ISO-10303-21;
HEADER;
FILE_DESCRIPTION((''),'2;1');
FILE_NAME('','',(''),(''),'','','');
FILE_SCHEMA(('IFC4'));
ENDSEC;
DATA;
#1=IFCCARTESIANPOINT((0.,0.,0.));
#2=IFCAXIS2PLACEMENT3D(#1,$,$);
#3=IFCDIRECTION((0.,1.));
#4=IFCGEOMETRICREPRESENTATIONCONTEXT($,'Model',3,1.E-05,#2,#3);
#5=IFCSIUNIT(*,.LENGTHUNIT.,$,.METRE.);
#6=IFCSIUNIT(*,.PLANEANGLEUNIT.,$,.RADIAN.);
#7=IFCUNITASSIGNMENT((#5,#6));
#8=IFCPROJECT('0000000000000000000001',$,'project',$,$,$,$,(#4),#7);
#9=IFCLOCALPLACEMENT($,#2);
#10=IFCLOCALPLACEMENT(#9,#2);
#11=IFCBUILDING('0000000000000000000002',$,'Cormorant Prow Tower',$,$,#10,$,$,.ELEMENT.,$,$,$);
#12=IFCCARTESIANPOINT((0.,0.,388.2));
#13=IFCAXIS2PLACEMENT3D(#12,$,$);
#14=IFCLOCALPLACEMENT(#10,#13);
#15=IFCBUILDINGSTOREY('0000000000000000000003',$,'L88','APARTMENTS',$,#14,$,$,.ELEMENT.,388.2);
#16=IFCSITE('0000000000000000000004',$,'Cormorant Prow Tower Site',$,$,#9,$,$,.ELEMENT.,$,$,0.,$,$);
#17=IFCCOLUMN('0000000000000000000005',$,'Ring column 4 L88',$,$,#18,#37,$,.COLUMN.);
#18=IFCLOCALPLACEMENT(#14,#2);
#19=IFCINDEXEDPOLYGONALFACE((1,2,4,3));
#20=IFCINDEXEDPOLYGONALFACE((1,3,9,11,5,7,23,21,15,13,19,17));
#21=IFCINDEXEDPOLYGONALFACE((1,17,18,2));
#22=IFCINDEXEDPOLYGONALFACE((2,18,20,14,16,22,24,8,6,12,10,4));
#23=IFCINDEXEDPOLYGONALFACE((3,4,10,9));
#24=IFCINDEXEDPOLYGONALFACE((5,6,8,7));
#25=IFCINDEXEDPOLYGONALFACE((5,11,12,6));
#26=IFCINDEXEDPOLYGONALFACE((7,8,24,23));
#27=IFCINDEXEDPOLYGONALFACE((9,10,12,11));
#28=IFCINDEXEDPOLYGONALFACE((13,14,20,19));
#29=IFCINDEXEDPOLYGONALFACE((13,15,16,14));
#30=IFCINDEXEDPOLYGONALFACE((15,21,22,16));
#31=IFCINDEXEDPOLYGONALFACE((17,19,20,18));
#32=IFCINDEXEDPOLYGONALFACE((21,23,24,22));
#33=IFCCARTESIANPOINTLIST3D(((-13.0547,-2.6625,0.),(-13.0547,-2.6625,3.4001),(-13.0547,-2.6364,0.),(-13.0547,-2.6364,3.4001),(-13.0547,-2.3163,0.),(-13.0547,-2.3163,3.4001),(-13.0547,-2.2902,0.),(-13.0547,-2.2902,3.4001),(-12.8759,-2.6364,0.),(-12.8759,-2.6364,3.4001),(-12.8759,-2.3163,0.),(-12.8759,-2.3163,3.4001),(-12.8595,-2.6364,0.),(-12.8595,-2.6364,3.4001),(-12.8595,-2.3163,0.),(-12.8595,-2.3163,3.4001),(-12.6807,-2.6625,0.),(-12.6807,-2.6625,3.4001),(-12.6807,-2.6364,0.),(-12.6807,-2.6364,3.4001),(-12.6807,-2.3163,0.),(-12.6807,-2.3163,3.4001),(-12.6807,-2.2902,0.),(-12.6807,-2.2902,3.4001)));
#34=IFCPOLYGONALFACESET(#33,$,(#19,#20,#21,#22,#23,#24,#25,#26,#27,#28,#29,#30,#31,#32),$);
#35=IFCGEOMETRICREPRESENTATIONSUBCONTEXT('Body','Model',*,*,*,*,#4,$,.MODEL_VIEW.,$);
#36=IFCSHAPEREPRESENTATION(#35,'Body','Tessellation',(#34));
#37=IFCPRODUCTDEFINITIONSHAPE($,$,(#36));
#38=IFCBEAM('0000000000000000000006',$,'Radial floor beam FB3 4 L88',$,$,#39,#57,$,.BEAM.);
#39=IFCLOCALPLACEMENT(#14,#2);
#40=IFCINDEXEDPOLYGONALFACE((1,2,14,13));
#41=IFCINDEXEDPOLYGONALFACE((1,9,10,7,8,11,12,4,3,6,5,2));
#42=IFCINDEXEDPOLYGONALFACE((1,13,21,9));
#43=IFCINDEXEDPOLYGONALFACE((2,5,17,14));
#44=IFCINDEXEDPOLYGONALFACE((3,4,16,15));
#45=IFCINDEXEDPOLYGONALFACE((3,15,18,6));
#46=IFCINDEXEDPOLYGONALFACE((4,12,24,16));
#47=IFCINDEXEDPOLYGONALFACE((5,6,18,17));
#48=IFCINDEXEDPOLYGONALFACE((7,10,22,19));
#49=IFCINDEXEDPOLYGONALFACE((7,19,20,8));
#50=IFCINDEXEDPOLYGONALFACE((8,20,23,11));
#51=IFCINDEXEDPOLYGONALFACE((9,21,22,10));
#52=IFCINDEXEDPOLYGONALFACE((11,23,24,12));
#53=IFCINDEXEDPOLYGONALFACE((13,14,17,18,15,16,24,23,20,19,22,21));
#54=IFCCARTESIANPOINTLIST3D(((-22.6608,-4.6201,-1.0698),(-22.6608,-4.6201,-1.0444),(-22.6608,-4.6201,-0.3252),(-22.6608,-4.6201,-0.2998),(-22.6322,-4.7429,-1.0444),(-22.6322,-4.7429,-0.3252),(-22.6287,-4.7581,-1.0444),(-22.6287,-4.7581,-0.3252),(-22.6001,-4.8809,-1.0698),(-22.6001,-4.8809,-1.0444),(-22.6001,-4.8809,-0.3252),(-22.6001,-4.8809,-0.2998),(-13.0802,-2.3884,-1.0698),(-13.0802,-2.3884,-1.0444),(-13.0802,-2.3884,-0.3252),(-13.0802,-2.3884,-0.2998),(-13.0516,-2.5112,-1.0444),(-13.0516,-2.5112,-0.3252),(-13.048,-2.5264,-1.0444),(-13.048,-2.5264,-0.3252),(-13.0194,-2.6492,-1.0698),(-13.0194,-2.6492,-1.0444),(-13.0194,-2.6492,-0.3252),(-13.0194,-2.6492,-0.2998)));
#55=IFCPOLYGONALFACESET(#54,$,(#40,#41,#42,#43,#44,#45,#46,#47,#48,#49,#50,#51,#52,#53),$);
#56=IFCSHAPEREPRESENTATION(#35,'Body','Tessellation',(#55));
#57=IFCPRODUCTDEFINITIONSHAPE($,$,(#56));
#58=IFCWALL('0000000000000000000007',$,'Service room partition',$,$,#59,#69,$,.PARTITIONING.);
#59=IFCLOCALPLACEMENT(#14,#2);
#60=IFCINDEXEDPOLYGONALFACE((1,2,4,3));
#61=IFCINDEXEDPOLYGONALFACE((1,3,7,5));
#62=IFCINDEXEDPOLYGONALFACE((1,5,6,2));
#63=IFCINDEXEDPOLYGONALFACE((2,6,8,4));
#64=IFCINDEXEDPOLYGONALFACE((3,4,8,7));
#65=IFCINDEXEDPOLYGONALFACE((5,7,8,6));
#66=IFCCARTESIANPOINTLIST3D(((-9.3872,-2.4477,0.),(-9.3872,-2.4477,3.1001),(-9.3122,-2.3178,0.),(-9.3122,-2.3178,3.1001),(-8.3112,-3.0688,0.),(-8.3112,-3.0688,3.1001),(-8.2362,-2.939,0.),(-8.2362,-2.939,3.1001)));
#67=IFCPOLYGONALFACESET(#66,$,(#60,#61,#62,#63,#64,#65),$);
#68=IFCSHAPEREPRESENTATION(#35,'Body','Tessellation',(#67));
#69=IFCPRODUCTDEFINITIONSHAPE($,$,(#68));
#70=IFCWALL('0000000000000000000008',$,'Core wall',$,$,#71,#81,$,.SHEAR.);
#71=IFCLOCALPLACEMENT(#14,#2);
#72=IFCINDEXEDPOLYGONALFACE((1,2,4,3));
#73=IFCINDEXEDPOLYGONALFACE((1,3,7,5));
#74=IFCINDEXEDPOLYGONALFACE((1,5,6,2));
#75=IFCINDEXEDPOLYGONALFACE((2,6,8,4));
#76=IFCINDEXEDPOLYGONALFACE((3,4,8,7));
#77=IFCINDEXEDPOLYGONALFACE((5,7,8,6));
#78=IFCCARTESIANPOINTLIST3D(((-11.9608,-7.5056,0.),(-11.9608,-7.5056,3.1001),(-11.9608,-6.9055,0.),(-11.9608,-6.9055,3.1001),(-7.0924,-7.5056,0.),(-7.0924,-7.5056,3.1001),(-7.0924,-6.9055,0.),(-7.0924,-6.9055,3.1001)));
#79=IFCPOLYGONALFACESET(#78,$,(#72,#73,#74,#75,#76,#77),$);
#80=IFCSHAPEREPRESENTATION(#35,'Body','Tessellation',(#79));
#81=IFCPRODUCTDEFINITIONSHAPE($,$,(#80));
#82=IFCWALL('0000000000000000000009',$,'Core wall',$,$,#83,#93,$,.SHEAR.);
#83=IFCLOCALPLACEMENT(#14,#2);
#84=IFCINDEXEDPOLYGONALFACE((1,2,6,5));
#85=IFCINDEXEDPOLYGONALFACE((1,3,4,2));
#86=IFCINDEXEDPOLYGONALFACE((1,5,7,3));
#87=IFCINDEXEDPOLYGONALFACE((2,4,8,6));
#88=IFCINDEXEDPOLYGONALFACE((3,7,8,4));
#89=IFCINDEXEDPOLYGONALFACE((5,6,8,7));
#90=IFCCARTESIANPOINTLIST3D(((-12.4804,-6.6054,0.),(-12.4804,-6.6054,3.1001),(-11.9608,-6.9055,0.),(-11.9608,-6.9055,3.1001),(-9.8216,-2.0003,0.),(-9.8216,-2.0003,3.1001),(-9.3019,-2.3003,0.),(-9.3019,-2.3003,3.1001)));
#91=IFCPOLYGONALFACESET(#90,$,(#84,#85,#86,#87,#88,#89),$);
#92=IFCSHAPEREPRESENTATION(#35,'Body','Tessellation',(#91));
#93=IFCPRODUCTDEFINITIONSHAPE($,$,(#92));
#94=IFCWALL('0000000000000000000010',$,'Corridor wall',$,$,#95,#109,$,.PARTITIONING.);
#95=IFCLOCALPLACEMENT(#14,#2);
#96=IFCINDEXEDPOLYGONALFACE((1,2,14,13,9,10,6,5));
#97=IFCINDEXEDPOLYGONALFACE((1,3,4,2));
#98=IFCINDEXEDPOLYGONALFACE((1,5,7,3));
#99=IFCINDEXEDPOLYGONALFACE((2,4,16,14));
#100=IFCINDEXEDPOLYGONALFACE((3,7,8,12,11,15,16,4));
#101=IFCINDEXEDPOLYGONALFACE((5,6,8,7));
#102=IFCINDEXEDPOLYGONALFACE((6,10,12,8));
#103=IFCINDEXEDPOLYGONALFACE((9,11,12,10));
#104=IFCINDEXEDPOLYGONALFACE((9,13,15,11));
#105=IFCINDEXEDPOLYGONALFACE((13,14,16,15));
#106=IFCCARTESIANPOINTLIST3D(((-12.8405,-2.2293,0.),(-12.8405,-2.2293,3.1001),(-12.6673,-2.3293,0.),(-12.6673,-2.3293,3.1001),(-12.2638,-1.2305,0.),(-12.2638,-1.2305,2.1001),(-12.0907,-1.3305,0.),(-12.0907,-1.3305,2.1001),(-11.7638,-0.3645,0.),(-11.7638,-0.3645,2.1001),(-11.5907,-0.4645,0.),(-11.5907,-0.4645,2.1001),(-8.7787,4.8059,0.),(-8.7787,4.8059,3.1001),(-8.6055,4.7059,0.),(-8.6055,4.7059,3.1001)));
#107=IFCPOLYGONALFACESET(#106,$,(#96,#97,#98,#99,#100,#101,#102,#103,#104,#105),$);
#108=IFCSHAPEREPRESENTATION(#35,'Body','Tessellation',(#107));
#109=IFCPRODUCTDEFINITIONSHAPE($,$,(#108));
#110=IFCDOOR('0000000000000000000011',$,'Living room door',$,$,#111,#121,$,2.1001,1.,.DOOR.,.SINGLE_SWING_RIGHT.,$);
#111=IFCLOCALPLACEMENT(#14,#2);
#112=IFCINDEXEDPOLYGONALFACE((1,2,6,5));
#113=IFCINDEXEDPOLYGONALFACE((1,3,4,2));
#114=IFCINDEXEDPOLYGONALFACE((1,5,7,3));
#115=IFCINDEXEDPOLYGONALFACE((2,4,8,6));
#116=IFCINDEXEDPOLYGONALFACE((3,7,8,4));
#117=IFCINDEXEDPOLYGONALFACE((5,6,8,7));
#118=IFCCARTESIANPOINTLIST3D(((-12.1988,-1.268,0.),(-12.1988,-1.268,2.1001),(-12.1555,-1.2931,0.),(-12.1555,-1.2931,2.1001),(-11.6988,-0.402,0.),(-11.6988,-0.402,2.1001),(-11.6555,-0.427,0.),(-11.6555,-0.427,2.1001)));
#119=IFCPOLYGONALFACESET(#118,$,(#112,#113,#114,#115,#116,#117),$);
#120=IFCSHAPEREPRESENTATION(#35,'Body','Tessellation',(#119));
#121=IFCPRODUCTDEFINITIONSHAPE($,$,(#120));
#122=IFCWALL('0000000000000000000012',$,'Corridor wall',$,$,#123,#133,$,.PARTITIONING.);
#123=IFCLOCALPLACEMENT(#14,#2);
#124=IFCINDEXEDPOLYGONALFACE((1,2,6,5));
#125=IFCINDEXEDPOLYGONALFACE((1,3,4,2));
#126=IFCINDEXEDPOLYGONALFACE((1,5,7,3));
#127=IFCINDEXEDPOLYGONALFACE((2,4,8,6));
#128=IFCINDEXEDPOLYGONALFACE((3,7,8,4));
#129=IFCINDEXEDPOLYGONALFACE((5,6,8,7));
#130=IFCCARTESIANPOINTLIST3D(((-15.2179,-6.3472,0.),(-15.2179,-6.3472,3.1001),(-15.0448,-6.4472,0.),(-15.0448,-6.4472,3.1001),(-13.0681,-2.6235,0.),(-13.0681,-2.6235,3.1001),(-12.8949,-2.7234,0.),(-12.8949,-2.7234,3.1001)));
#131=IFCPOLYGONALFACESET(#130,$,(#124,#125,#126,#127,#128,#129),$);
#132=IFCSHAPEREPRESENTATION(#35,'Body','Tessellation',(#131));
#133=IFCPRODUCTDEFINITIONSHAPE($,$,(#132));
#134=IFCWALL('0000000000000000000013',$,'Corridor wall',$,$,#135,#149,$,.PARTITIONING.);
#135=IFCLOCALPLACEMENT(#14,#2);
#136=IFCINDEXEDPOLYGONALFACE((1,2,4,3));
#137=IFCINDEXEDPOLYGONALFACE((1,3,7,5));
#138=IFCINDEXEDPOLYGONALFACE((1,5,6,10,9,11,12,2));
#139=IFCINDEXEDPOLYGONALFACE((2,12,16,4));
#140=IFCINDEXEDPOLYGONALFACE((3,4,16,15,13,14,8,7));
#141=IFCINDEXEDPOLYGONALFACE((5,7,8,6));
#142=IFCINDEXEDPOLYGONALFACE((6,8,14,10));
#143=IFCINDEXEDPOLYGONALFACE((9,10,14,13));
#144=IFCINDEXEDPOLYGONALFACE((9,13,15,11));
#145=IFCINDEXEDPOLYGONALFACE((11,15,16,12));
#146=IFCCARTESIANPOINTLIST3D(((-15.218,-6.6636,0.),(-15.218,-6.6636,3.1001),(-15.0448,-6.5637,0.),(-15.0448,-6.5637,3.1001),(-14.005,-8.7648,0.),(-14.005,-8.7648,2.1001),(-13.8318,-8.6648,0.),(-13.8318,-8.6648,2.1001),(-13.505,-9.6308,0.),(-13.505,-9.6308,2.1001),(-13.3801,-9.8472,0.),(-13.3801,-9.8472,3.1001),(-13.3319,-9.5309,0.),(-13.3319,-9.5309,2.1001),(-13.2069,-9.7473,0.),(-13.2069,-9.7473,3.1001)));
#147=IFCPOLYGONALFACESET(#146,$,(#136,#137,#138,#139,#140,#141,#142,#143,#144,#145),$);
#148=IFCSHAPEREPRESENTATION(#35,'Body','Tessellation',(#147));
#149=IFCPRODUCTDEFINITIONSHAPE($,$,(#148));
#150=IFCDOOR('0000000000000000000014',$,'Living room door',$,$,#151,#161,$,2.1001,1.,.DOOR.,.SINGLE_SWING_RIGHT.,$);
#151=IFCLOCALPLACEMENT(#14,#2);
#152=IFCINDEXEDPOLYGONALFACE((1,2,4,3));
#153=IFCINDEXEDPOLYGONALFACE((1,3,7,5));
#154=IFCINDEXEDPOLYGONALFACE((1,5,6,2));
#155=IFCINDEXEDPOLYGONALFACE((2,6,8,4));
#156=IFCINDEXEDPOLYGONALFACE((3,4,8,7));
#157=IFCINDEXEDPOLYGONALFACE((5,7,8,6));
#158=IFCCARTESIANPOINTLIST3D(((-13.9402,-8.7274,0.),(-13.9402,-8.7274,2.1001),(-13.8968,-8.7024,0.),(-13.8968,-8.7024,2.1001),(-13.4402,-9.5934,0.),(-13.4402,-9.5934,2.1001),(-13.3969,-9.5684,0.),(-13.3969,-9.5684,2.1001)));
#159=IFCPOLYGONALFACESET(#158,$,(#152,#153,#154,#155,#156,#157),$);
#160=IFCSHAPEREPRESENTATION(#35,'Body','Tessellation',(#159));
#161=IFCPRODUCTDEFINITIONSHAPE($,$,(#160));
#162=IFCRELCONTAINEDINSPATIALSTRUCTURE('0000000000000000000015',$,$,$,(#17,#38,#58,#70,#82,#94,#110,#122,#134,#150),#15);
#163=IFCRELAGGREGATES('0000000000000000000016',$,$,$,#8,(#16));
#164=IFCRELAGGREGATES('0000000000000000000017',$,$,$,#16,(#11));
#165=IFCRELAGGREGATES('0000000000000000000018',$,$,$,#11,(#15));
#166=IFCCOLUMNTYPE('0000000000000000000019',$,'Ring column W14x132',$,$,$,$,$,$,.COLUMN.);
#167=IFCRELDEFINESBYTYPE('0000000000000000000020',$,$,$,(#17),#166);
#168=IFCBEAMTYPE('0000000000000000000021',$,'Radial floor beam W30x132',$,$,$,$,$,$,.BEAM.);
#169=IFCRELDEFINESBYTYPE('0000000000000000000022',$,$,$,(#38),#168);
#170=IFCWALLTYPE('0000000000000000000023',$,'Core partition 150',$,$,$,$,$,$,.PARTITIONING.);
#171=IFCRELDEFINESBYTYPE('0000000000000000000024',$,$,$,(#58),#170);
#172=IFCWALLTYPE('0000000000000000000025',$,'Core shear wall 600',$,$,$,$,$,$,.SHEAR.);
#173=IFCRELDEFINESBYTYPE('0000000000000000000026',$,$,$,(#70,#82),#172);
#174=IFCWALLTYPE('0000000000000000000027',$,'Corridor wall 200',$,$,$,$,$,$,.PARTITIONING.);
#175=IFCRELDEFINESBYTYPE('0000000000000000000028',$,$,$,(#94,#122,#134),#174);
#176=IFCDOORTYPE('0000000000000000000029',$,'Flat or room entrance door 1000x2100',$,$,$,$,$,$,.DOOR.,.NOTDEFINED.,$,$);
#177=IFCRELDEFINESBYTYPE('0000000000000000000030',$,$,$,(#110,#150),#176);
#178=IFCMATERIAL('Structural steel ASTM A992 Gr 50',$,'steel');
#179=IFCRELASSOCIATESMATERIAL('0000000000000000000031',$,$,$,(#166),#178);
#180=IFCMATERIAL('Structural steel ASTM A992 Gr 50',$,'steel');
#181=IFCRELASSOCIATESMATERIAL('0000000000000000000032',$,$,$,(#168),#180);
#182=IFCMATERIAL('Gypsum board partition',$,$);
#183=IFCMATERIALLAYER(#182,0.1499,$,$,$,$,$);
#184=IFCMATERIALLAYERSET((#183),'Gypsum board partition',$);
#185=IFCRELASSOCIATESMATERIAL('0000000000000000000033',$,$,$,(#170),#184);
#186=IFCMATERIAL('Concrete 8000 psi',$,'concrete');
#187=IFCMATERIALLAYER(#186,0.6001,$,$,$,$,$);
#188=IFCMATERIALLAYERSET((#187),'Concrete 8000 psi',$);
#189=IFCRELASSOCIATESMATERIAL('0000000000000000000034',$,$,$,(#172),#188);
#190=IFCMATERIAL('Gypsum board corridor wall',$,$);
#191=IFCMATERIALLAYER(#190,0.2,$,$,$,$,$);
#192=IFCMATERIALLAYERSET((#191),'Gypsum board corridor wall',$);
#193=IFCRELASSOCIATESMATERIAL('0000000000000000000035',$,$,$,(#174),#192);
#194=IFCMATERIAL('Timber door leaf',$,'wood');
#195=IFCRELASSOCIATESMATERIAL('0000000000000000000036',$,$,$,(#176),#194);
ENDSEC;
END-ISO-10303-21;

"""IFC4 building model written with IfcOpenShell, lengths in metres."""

from ifc_helpers import new_model, si_unit, direction, frame, frame_2d, origin, origin_2d, place, context, subcontext, project, spatial, rectangle, i_section, extrude, material, layer, layer_set, material_profile, profile_set, type_object, element, fill, save


model = new_model("IFC4")

# Units and contexts
model_context = context("Model", 3, precision=1e-05, world=origin(), true_north=direction((0.0, 1.0)))
body_context = subcontext(model_context, "Body", "Model", "MODEL_VIEW")
ifc_project = project(units=[si_unit("LENGTHUNIT", "METRE"), si_unit("PLANEANGLEUNIT", "RADIAN")], contexts=[model_context])

# Site, building, storey
site_placement = place(None, origin())
site = spatial("IfcSite", under=ifc_project, at=site_placement, Name="Cormorant Prow Tower Site", CompositionType="ELEMENT", RefElevation=0.0)
building_placement = place(site_placement, origin())
building = spatial("IfcBuilding", under=site, at=building_placement, Name="Cormorant Prow Tower", CompositionType="ELEMENT")
storey_placement = place(building_placement, frame((0.0, 0.0, 388.2)))
storey = spatial("IfcBuildingStorey", under=building, at=storey_placement, Name="L88", Description="APARTMENTS", CompositionType="ELEMENT", Elevation=388.2)

# Column
ifc_material_1 = material(Name="Structural steel ASTM A992 Gr 50", Category="steel")
ifc_material_profile_1 = material_profile(ifc_material_1, i_section(OverallWidth=0.374, OverallDepth=0.3723, WebThickness=0.0164, FlangeThickness=0.0261, at=origin_2d()), Name="W14x132")
ifc_profile_set_1 = profile_set([ifc_material_profile_1], Name="Structural steel ASTM A992 Gr 50")
column_type = type_object("IfcColumnType", Name="Ring column W14x132", PredefinedType="COLUMN", material=ifc_profile_set_1)
column_placement = place(storey_placement, frame((-12.8677, -2.4763, 0.0), z_axis=(0.0, 0.0, 1.0), x_axis=(1.0, 0.0, 0.0)))
element("IfcColumn", 1, at=column_placement, inside=storey, type_object=column_type, Name="Ring column 4 L88", PredefinedType="COLUMN", context=body_context, shape_type="SweptSolid", body=[
    extrude(i_section(OverallWidth=0.374, OverallDepth=0.3723, WebThickness=0.0164, FlangeThickness=0.0261, at=origin_2d()), origin(), (0.0, 0.0, 1.0), 3.4001),
])

# Beam
ifc_material_2 = material(Name="Structural steel ASTM A992 Gr 50", Category="steel")
ifc_material_profile_2 = material_profile(ifc_material_2, i_section(OverallWidth=0.2678, OverallDepth=0.77, WebThickness=0.0156, FlangeThickness=0.0254, at=origin_2d()), Name="W30x132")
ifc_profile_set_2 = profile_set([ifc_material_profile_2], Name="Structural steel ASTM A992 Gr 50")
beam_type = type_object("IfcBeamType", Name="Radial floor beam W30x132", PredefinedType="BEAM", material=ifc_profile_set_2)
beam_placement = place(storey_placement, frame((-13.0498, -2.5188, -0.6848), z_axis=(-0.973926, -0.226866, 0.0), x_axis=(0.226866, -0.973926, 0.0)))
element("IfcBeam", 2, at=beam_placement, inside=storey, type_object=beam_type, Name="Radial floor beam FB3 4 L88", PredefinedType="BEAM", context=body_context, shape_type="SweptSolid", body=[
    extrude(i_section(OverallWidth=0.2678, OverallDepth=0.77, WebThickness=0.0156, FlangeThickness=0.0254, at=origin_2d()), origin(), (0.0, 0.0, 1.0), 9.8372),
])

# Walls
ifc_material_3 = material(Name="Gypsum board partition")
ifc_layer_1 = layer(ifc_material_3, 0.1499)
ifc_layer_set_1 = layer_set([ifc_layer_1], Name="Gypsum board partition")
wall_type_1 = type_object("IfcWallType", Name="Core partition 150", PredefinedType="PARTITIONING", material=ifc_layer_set_1)
wall_1_placement = place(storey_placement, frame((-9.3496, -2.3828, 0.0), z_axis=(0.0, 0.0, 1.0), x_axis=(0.866058, -0.499944, 0.0)))
element("IfcWall", 3, at=wall_1_placement, inside=storey, type_object=wall_type_1, Name="Service room partition", PredefinedType="PARTITIONING", context=body_context, shape_type="SweptSolid", body=[
    extrude(rectangle(XDim=1.2424, YDim=0.1499, at=frame_2d((0.6211, 0.0))), origin(), (0.0, 0.0, 1.0), 3.1001),
])
ifc_material_4 = material(Name="Concrete 8000 psi", Category="concrete")
ifc_layer_2 = layer(ifc_material_4, 0.6001)
ifc_layer_set_2 = layer_set([ifc_layer_2], Name="Concrete 8000 psi")
wall_type_2 = type_object("IfcWallType", Name="Core shear wall 600", PredefinedType="SHEAR", material=ifc_layer_set_2)
wall_2_placement = place(storey_placement, frame((-11.9607, -7.2056, 0.0), z_axis=(0.0, 0.0, 1.0), x_axis=(1.0, 0.0, 0.0)))
element("IfcWall", 4, at=wall_2_placement, inside=storey, type_object=wall_type_2, Name="Core wall", PredefinedType="SHEAR", context=body_context, shape_type="SweptSolid", body=[
    extrude(rectangle(XDim=4.8684, YDim=0.6001, at=frame_2d((2.4341, 0.0))), origin(), (0.0, 0.0, 1.0), 3.1001),
])
wall_3_placement = place(storey_placement, frame((-9.5618, -2.1504, 0.0), z_axis=(0.0, 0.0, 1.0), x_axis=(-0.500015, -0.866017, 0.0)))
element("IfcWall", 5, at=wall_3_placement, inside=storey, type_object=wall_type_2, Name="Core wall", PredefinedType="SHEAR", context=body_context, shape_type="SweptSolid", body=[
    extrude(rectangle(XDim=5.3176, YDim=0.6001, at=frame_2d((2.6587, 0.0))), origin(), (0.0, 0.0, 1.0), 3.1001),
])

# Wall, opening, door
ifc_material_5 = material(Name="Gypsum board corridor wall")
ifc_layer_3 = layer(ifc_material_5, 0.2)
ifc_layer_set_3 = layer_set([ifc_layer_3], Name="Gypsum board corridor wall")
wall_type_3 = type_object("IfcWallType", Name="Corridor wall 200", PredefinedType="PARTITIONING", material=ifc_layer_set_3)
wall_4_placement = place(storey_placement, frame((-12.7539, -2.2793, 0.0), z_axis=(0.0, 0.0, 1.0), x_axis=(0.500002, 0.866024, 0.0)))
wall_4 = element("IfcWall", 6, at=wall_4_placement, inside=storey, type_object=wall_type_3, Name="Corridor wall", PredefinedType="PARTITIONING", context=body_context, shape_type="SweptSolid", body=[
    extrude(rectangle(XDim=8.1235, YDim=0.2, at=frame_2d((4.0618, 0.0))), origin(), (0.0, 0.0, 1.0), 3.1001),
])
opening_1_placement = place(wall_4_placement, frame((1.1533, 0.0, 0.0)))
opening_1 = element("IfcOpeningElement", 7, at=opening_1_placement, cuts=wall_4, PredefinedType="OPENING", context=body_context, shape_type="SweptSolid", body=[
    extrude(rectangle(XDim=1.0, YDim=2.1001, at=frame_2d((0.5, 1.05))), frame((0.0, 0.1099, 0.0), z_axis=(0.0, -1.0, 0.0), x_axis=(1.0, 0.0, 0.0)), (0.0, 0.0, 1.0), 0.22),
])
ifc_material_6 = material(Name="Timber door leaf", Category="wood")
door_type_1 = type_object("IfcDoorType", Name="Flat or room entrance door 1000x2100", OperationType="NOTDEFINED", PredefinedType="DOOR", material=ifc_material_6)
door_1_placement = place(opening_1_placement, origin())
door_1 = element("IfcDoor", 8, at=door_1_placement, inside=storey, type_object=door_type_1, Name="Living room door", OperationType="SINGLE_SWING_RIGHT", OverallHeight=2.1001, OverallWidth=1.0, PredefinedType="DOOR", context=body_context, shape_type="SweptSolid", body=[
    extrude(rectangle(XDim=1.0, YDim=2.1001, at=frame_2d((0.5, 1.05))), frame((0.0, 0.0249, 0.0), z_axis=(0.0, -1.0, 0.0), x_axis=(1.0, 0.0, 0.0)), (0.0, 0.0, 1.0), 0.05),
])
fill(opening_1, door_1)

# Wall
wall_5_placement = place(storey_placement, frame((-15.1313, -6.3972, 0.0), z_axis=(0.0, 0.0, 1.0), x_axis=(0.499986, 0.866033, 0.0)))
element("IfcWall", 9, at=wall_5_placement, inside=storey, type_object=wall_type_3, Name="Corridor wall", PredefinedType="PARTITIONING", context=body_context, shape_type="SweptSolid", body=[
    extrude(rectangle(XDim=4.2998, YDim=0.2, at=frame_2d((2.1499, 0.0))), origin(), (0.0, 0.0, 1.0), 3.1001),
])

# Wall, opening, door
wall_6_placement = place(storey_placement, frame((-15.1313, -6.6138, 0.0), z_axis=(0.0, 0.0, 1.0), x_axis=(0.499968, -0.866044, 0.0)))
wall_6 = element("IfcWall", 10, at=wall_6_placement, inside=storey, type_object=wall_type_3, Name="Corridor wall", PredefinedType="PARTITIONING", context=body_context, shape_type="SweptSolid", body=[
    extrude(rectangle(XDim=3.676, YDim=0.2, at=frame_2d((1.8379, 0.0))), origin(), (0.0, 0.0, 1.0), 3.1001),
])
opening_2_placement = place(wall_6_placement, frame((2.426, 0.0, 0.0)))
opening_2 = element("IfcOpeningElement", 11, at=opening_2_placement, cuts=wall_6, PredefinedType="OPENING", context=body_context, shape_type="SweptSolid", body=[
    extrude(rectangle(XDim=1.0, YDim=2.1001, at=frame_2d((0.5, 1.05))), frame((0.0, 0.1099, 0.0), z_axis=(0.0, -1.0, 0.0), x_axis=(1.0, 0.0, 0.0)), (0.0, 0.0, 1.0), 0.22),
])
door_2_placement = place(opening_2_placement, origin())
door_2 = element("IfcDoor", 12, at=door_2_placement, inside=storey, type_object=door_type_1, Name="Living room door", OperationType="SINGLE_SWING_RIGHT", OverallHeight=2.1001, OverallWidth=1.0, PredefinedType="DOOR", context=body_context, shape_type="SweptSolid", body=[
    extrude(rectangle(XDim=1.0, YDim=2.1001, at=frame_2d((0.5, 1.05))), frame((0.0, 0.0249, 0.0), z_axis=(0.0, -1.0, 0.0), x_axis=(1.0, 0.0, 0.0)), (0.0, 0.0, 1.0), 0.05),
])
fill(opening_2, door_2)

save(model, "model.ifc")
